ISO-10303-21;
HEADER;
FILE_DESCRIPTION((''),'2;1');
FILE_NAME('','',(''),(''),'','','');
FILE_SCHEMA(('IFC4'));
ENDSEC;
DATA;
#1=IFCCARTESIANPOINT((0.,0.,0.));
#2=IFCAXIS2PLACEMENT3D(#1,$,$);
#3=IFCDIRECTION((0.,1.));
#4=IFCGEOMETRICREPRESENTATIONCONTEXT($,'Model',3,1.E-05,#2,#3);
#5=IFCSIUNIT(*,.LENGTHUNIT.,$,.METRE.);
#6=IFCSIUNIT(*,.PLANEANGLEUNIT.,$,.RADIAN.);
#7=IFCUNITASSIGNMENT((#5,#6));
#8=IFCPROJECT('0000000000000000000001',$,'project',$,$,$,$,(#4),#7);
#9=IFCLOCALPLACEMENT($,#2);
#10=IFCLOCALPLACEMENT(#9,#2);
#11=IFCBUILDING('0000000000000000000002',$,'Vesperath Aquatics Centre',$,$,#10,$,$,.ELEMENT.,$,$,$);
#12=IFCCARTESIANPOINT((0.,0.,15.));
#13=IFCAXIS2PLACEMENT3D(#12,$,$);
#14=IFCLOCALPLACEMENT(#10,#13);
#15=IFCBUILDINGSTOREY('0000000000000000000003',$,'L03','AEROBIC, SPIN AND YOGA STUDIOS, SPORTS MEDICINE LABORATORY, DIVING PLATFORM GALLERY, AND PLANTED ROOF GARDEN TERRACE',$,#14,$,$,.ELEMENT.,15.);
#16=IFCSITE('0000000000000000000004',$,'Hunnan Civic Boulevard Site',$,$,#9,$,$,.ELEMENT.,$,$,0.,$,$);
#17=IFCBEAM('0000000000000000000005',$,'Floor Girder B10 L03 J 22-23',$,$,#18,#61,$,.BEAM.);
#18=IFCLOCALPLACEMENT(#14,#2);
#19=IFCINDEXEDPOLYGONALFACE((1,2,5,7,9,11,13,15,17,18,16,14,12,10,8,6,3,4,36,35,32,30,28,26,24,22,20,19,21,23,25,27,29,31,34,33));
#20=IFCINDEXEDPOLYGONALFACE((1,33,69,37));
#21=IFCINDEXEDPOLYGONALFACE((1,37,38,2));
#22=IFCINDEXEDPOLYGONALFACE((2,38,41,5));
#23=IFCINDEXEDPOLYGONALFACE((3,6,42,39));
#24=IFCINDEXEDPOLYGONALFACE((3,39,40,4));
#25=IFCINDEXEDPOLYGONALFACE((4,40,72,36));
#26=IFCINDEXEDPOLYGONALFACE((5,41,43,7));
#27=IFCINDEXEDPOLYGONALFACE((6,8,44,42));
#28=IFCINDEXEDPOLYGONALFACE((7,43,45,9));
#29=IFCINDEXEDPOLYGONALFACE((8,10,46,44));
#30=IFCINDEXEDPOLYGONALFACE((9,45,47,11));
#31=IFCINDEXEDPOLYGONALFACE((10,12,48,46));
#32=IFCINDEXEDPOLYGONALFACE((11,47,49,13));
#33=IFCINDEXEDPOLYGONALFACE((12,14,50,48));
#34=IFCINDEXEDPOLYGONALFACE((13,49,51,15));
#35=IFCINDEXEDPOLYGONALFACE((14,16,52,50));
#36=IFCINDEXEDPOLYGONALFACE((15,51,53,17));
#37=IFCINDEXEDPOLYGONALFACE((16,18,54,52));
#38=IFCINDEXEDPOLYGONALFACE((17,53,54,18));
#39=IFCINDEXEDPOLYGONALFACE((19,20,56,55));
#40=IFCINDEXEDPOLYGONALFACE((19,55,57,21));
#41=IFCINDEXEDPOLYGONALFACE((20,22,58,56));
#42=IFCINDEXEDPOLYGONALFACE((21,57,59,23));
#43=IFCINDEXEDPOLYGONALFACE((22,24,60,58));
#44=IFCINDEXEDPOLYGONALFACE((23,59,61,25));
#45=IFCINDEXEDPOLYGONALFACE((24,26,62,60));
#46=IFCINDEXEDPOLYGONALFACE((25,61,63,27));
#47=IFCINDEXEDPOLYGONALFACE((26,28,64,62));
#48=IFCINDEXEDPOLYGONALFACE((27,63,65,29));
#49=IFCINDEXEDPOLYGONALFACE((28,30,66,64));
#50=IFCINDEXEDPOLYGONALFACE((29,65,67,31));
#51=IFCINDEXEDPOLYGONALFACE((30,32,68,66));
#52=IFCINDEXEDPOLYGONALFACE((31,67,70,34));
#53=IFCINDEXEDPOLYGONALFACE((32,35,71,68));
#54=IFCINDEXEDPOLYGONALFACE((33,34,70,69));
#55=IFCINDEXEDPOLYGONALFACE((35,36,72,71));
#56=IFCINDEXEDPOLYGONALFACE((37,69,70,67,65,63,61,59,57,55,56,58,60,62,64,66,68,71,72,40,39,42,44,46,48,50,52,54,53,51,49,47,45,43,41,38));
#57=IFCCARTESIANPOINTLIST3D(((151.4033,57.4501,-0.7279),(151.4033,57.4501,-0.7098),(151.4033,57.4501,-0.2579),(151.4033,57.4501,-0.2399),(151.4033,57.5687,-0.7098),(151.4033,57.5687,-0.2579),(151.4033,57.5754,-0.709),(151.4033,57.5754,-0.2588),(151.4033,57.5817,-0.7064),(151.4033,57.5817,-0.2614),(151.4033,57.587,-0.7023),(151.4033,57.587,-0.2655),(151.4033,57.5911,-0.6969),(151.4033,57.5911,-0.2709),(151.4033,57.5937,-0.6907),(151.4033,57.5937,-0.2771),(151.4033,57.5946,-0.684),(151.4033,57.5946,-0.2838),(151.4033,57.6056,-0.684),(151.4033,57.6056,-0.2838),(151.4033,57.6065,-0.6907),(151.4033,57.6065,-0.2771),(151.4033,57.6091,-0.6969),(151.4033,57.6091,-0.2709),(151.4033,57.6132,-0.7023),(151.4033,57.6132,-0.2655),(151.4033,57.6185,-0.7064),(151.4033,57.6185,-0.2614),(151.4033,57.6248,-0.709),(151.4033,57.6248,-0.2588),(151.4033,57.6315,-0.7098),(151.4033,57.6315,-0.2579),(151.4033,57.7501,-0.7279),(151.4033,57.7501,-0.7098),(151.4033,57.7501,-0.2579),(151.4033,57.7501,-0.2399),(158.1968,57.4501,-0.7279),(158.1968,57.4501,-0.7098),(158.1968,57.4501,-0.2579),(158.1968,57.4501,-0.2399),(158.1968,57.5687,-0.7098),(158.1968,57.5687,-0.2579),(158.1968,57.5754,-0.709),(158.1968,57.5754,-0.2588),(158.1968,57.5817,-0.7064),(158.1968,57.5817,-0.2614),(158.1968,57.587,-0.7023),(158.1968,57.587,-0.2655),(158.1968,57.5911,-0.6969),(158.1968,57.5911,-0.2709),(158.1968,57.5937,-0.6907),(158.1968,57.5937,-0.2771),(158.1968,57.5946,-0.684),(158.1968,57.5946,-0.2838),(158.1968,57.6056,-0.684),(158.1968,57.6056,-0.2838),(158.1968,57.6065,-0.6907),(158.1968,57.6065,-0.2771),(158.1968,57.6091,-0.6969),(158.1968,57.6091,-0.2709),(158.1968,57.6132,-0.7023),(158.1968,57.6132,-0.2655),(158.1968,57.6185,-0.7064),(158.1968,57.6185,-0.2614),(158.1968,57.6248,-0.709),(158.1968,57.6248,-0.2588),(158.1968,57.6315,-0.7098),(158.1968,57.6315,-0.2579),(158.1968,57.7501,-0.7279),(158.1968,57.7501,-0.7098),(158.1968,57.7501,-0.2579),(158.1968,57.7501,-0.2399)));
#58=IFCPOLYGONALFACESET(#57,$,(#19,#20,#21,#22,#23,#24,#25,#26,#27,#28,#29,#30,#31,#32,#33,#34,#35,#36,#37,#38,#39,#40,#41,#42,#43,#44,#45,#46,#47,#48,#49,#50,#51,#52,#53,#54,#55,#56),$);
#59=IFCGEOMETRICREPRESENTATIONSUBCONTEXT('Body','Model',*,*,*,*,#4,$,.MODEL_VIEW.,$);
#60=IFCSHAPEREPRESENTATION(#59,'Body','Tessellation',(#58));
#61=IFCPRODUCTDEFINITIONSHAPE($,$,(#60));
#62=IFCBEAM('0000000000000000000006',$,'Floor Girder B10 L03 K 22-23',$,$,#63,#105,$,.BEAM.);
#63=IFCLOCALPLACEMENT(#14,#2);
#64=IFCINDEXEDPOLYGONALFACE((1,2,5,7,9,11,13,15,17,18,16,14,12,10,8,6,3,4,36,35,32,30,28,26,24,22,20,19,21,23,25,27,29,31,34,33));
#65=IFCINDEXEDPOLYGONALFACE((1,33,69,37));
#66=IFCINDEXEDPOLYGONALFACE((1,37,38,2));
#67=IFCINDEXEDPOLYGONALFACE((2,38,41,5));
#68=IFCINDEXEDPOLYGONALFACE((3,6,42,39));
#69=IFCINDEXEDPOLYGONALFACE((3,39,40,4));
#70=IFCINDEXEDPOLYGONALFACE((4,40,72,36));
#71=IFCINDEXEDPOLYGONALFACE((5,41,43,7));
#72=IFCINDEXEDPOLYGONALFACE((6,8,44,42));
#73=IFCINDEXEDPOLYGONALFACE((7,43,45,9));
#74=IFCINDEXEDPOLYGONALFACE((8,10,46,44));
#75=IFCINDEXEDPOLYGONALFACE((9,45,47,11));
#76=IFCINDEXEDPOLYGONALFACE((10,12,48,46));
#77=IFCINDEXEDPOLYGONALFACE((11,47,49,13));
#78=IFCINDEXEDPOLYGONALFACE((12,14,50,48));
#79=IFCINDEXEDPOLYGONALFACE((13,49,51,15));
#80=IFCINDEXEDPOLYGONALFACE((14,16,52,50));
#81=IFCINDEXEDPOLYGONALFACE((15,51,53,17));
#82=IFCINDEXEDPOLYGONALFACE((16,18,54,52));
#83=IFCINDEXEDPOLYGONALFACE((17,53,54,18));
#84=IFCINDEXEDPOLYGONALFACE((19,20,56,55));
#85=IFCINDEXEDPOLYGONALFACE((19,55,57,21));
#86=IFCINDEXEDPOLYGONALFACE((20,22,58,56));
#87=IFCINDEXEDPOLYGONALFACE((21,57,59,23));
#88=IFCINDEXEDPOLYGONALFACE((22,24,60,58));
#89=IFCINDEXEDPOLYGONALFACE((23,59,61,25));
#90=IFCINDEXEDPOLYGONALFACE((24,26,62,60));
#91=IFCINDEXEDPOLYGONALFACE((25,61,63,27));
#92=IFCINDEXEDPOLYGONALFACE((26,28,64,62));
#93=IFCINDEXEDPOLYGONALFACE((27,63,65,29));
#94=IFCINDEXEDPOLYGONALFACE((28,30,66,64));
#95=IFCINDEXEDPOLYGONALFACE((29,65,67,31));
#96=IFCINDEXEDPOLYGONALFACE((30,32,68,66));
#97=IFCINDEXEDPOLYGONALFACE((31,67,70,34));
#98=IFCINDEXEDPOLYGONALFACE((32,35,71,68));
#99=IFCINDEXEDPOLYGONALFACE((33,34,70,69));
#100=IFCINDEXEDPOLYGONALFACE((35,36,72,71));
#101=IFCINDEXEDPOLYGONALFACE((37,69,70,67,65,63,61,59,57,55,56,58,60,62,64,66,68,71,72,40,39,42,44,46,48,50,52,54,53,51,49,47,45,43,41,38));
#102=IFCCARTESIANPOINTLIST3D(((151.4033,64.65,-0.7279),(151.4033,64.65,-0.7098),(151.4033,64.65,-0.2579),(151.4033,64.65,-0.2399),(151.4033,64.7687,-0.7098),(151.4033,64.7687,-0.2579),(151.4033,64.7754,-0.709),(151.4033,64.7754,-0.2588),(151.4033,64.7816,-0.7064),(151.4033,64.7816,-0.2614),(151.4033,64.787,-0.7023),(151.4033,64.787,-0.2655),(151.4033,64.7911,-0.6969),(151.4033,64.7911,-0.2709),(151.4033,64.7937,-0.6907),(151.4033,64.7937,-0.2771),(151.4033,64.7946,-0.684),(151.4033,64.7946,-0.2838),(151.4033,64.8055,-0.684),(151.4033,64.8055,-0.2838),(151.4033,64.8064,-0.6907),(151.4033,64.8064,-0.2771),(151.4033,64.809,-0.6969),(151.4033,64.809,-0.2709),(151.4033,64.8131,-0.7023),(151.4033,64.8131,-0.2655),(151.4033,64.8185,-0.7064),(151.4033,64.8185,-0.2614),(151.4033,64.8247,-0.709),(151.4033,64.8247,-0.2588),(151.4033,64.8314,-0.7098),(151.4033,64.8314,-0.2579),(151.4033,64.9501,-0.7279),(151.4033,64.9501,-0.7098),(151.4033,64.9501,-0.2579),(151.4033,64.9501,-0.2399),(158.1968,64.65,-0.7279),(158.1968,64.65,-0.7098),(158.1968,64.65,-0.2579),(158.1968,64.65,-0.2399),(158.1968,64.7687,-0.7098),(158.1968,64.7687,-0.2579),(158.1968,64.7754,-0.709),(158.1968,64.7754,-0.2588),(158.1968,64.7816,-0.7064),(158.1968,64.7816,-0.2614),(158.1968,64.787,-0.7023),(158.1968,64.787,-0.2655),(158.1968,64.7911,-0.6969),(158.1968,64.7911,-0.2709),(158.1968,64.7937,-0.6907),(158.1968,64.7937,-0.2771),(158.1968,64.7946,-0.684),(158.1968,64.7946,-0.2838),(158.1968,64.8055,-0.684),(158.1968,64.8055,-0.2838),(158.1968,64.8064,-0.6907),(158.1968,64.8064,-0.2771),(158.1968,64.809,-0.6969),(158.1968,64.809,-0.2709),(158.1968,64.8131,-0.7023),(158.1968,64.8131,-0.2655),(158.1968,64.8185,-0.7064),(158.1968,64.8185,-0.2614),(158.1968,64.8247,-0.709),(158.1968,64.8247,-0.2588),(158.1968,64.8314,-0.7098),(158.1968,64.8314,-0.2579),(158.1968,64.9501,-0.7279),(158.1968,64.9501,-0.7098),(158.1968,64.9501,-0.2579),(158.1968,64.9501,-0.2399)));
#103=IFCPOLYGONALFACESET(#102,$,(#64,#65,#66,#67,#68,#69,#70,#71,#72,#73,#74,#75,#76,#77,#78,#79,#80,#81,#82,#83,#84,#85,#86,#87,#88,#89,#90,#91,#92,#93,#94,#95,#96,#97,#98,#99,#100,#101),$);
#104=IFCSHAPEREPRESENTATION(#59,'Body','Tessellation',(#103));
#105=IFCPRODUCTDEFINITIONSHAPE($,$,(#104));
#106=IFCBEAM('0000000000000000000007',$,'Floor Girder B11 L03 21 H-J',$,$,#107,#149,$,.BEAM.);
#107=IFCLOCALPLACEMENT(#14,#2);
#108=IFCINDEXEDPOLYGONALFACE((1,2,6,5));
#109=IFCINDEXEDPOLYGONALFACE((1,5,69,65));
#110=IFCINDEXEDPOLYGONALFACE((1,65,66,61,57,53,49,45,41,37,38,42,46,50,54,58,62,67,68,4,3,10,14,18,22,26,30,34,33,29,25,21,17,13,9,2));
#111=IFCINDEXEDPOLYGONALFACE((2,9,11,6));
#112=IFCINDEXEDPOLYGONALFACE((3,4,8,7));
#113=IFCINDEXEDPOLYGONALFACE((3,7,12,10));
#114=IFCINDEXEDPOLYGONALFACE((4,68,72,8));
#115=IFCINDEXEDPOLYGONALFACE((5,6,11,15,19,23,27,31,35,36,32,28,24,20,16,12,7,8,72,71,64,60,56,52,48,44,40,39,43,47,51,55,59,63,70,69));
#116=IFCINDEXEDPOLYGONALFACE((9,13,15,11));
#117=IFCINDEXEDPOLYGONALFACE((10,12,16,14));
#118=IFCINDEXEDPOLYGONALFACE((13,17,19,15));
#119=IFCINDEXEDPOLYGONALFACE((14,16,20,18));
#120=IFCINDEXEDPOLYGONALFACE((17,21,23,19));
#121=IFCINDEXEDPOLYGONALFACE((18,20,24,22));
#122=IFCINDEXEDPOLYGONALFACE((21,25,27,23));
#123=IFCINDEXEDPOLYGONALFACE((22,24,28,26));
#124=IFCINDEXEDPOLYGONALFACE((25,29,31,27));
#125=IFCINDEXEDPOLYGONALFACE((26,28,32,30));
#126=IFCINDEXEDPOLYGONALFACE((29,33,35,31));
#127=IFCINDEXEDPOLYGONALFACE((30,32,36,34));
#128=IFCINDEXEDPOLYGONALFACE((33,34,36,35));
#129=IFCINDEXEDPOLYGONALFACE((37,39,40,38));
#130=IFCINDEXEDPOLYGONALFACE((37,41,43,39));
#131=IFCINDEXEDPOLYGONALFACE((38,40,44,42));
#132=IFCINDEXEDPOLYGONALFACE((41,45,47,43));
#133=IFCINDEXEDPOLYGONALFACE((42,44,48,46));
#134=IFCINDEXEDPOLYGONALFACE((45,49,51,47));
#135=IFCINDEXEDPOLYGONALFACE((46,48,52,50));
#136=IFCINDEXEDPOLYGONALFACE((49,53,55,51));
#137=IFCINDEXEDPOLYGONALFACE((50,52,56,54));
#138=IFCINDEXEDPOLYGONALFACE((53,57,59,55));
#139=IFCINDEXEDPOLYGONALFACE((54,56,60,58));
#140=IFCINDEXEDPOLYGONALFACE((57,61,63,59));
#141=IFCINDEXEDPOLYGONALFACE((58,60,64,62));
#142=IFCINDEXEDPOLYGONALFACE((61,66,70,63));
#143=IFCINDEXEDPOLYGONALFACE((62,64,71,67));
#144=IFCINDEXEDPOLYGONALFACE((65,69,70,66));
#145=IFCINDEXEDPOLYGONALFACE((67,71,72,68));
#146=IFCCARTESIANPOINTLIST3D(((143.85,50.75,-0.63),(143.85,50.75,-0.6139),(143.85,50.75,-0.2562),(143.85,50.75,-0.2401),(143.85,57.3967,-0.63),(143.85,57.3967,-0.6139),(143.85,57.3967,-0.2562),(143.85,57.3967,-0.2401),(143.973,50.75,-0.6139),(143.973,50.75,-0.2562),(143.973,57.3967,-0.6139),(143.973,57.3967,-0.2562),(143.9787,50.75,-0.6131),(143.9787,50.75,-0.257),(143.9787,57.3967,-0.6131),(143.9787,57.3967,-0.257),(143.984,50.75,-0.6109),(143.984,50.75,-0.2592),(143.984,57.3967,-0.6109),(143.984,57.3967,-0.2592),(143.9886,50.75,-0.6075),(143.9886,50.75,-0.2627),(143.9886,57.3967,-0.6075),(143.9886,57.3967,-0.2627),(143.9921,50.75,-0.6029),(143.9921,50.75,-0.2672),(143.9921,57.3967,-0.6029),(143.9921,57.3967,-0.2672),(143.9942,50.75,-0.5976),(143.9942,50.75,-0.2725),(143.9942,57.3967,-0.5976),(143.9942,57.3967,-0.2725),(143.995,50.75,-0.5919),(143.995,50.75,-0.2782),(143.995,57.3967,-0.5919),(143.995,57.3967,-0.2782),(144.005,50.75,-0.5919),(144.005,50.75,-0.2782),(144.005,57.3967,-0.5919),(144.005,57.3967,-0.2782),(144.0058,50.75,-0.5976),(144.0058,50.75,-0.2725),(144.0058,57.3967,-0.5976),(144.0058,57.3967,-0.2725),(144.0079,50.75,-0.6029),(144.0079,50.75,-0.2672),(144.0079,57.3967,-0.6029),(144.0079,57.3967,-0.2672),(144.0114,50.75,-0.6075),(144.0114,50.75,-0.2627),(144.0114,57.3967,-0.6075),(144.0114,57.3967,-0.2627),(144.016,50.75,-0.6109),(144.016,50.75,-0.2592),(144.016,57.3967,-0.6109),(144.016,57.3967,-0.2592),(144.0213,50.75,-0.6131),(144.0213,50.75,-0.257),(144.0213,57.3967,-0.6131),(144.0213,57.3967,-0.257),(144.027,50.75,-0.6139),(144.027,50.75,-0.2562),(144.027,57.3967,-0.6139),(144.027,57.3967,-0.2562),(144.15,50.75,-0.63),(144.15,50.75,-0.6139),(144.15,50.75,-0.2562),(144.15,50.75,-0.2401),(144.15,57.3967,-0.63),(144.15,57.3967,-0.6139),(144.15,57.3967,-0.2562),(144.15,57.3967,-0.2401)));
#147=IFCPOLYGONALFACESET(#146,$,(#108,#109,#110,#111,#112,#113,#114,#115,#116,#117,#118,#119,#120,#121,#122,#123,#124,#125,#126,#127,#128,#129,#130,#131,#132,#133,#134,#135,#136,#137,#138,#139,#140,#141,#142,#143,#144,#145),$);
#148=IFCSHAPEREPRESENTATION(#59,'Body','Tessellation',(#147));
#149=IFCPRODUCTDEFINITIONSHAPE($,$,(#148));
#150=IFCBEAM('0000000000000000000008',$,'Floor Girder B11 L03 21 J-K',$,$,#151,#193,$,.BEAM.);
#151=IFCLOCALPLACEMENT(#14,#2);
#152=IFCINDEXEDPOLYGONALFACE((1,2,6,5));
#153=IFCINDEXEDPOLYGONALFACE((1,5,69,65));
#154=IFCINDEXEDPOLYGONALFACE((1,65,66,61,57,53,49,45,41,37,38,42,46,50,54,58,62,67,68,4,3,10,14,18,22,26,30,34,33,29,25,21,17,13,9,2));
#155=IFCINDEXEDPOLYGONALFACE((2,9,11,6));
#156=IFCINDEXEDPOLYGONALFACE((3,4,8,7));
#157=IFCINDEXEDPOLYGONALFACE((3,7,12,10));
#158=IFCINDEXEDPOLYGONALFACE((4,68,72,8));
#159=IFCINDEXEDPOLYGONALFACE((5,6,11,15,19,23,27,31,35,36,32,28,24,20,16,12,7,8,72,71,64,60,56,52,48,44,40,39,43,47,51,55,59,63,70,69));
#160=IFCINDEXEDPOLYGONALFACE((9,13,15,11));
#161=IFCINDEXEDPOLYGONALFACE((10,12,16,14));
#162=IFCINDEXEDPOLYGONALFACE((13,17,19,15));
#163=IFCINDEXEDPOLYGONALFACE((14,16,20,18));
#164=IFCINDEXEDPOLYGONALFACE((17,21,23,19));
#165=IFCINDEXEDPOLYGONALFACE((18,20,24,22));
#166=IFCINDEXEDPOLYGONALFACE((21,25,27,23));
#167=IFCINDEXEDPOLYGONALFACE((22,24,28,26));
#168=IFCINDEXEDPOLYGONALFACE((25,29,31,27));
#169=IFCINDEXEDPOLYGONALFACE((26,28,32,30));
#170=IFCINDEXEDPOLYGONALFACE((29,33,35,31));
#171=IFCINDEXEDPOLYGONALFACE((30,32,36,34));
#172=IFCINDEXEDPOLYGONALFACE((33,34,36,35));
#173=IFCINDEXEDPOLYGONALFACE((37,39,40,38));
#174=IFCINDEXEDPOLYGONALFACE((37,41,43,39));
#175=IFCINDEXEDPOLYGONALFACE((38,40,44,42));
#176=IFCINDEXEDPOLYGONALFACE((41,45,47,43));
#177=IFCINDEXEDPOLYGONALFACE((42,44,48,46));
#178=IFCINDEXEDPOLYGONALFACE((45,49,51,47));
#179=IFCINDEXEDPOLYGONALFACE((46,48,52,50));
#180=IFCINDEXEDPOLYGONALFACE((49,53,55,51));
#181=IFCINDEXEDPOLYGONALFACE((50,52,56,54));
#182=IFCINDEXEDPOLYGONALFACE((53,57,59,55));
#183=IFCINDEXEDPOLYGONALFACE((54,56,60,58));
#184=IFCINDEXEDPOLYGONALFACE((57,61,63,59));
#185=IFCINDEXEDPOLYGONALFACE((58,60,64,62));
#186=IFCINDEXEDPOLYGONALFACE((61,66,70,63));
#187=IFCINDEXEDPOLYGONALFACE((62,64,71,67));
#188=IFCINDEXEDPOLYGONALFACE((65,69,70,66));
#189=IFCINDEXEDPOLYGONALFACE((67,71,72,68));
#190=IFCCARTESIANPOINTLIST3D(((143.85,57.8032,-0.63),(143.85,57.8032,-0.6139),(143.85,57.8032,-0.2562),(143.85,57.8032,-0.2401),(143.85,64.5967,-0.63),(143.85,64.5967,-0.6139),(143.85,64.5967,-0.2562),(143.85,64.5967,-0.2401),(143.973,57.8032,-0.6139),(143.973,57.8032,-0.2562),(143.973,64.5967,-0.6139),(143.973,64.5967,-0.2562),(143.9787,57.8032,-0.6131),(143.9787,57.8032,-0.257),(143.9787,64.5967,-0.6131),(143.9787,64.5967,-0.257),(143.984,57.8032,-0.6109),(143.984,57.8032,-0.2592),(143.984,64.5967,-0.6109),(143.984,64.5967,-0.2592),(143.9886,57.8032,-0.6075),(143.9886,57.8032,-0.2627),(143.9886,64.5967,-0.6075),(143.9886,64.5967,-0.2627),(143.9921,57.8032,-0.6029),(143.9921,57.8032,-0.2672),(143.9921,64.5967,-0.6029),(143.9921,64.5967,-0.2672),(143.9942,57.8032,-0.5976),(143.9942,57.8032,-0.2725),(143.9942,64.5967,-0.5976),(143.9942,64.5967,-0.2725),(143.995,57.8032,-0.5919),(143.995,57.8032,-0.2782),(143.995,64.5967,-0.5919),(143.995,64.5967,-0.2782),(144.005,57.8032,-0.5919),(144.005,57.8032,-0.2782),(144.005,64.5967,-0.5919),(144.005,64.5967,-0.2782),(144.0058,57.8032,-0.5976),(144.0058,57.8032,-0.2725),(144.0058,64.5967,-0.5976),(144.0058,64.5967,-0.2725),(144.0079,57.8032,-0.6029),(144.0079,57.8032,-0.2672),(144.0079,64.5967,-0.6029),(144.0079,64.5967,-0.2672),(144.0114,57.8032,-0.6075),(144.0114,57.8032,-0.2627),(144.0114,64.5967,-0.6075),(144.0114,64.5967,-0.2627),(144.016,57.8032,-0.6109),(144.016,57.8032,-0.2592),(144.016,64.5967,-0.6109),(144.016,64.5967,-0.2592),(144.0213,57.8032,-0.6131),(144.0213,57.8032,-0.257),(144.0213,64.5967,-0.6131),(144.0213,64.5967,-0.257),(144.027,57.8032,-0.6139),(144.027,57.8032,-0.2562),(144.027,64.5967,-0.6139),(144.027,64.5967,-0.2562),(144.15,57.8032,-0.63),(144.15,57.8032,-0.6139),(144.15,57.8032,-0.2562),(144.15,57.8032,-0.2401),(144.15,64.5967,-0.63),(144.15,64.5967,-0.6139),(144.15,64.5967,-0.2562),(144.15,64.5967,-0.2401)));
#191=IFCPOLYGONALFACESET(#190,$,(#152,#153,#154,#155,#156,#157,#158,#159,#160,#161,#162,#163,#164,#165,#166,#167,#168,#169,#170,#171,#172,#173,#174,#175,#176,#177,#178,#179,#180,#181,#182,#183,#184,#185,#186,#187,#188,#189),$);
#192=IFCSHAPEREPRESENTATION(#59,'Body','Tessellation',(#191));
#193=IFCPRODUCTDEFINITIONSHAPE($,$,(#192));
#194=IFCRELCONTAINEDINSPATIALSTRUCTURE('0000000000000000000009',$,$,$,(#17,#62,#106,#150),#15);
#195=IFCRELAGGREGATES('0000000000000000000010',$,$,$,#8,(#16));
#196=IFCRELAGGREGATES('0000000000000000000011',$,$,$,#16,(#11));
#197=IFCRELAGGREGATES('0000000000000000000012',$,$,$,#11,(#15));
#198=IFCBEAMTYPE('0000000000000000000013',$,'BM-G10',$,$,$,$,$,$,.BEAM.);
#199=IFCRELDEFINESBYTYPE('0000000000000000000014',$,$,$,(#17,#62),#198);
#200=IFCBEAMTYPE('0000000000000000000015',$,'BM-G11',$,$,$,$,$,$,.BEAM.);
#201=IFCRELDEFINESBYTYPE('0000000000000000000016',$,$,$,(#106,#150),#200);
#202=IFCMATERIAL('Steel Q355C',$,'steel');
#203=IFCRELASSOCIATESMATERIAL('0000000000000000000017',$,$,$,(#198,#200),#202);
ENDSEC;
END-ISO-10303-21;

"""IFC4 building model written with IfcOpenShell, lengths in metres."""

from ifc_helpers import new_model, si_unit, direction, frame, origin, origin_2d, place, context, subcontext, project, spatial, i_section, extrude, material, material_profile, profile_set, type_object, element, save


model = new_model("IFC4")

# Units and contexts
model_context = context("Model", 3, precision=1e-05, world=origin(), true_north=direction((0.0, 1.0)))
body_context = subcontext(model_context, "Body", "Model", "MODEL_VIEW")
ifc_project = project(units=[si_unit("LENGTHUNIT", "METRE"), si_unit("PLANEANGLEUNIT", "RADIAN")], contexts=[model_context])

# Site, building, storey
site_placement = place(None, origin())
site = spatial("IfcSite", under=ifc_project, at=site_placement, Name="Hunnan Civic Boulevard Site", CompositionType="ELEMENT", RefElevation=0.0)
building_placement = place(site_placement, origin())
building = spatial("IfcBuilding", under=site, at=building_placement, Name="Vesperath Aquatics Centre", CompositionType="ELEMENT")
storey_placement = place(building_placement, frame((0.0, 0.0, 15.0)))
storey = spatial("IfcBuildingStorey", under=building, at=storey_placement, Name="L03", Description="AEROBIC, SPIN AND YOGA STUDIOS, SPORTS MEDICINE LABORATORY, DIVING PLATFORM GALLERY, AND PLANTED ROOF GARDEN TERRACE", CompositionType="ELEMENT", Elevation=15.0)

# Beams
ifc_material_1 = material(Name="Steel Q355C", Category="steel")
ifc_material_profile_1 = material_profile(ifc_material_1, i_section(OverallWidth=0.3, OverallDepth=0.488, WebThickness=0.011, FlangeThickness=0.0181, FilletRadius=0.0259, at=origin_2d()), Name="HM 488x300x11x18")
ifc_profile_set_1 = profile_set([ifc_material_profile_1], Name="Steel Q355C")
beam_type_1 = type_object("IfcBeamType", Name="BM-G10", PredefinedType="BEAM", material=ifc_profile_set_1)
for number, where, z_axis, x_axis, name in (
    (1, (151.4033, 57.6001, -0.4839), (1.0, 0.0, 0.0), (0.0, 1.0, 0.0), "Floor Girder B10 L03 J 22-23"),
    (2, (151.4033, 64.8, -0.4839), (1.0, 0.0, 0.0), (0.0, 1.0, 0.0), "Floor Girder B10 L03 K 22-23"),
):
    element("IfcBeam", number, at=place(storey_placement, frame(where, z_axis=z_axis, x_axis=x_axis)), inside=storey, type_object=beam_type_1, Name=name, PredefinedType="BEAM", context=body_context, shape_type="SweptSolid", body=[
        extrude(i_section(OverallWidth=0.3, OverallDepth=0.488, WebThickness=0.011, FlangeThickness=0.0181, FilletRadius=0.0259, at=origin_2d()), origin(), (0.0, 0.0, 1.0), 6.7935),
    ])
ifc_material_profile_2 = material_profile(ifc_material_1, i_section(OverallWidth=0.3, OverallDepth=0.3899, WebThickness=0.01, FlangeThickness=0.0161, FilletRadius=0.022, at=origin_2d()), Name="HM 390x300x10x16")
ifc_profile_set_2 = profile_set([ifc_material_profile_2], Name="Steel Q355C")
beam_type_2 = type_object("IfcBeamType", Name="BM-G11", PredefinedType="BEAM", material=ifc_profile_set_2)
beam_1_placement = place(storey_placement, frame((144.0, 50.75, -0.4351), z_axis=(0.0, 1.0, 0.0), x_axis=(-1.0, 0.0, 0.0)))
element("IfcBeam", 3, at=beam_1_placement, inside=storey, type_object=beam_type_2, Name="Floor Girder B11 L03 21 H-J", PredefinedType="BEAM", context=body_context, shape_type="SweptSolid", body=[
    extrude(i_section(OverallWidth=0.3, OverallDepth=0.3899, WebThickness=0.01, FlangeThickness=0.0161, FilletRadius=0.022, at=origin_2d()), origin(), (0.0, 0.0, 1.0), 6.6467),
])
beam_2_placement = place(storey_placement, frame((144.0, 57.8032, -0.4351), z_axis=(0.0, 1.0, 0.0), x_axis=(-1.0, 0.0, 0.0)))
element("IfcBeam", 4, at=beam_2_placement, inside=storey, type_object=beam_type_2, Name="Floor Girder B11 L03 21 J-K", PredefinedType="BEAM", context=body_context, shape_type="SweptSolid", body=[
    extrude(i_section(OverallWidth=0.3, OverallDepth=0.3899, WebThickness=0.01, FlangeThickness=0.0161, FilletRadius=0.022, at=origin_2d()), origin(), (0.0, 0.0, 1.0), 6.7935),
])

save(model, "model.ifc")
